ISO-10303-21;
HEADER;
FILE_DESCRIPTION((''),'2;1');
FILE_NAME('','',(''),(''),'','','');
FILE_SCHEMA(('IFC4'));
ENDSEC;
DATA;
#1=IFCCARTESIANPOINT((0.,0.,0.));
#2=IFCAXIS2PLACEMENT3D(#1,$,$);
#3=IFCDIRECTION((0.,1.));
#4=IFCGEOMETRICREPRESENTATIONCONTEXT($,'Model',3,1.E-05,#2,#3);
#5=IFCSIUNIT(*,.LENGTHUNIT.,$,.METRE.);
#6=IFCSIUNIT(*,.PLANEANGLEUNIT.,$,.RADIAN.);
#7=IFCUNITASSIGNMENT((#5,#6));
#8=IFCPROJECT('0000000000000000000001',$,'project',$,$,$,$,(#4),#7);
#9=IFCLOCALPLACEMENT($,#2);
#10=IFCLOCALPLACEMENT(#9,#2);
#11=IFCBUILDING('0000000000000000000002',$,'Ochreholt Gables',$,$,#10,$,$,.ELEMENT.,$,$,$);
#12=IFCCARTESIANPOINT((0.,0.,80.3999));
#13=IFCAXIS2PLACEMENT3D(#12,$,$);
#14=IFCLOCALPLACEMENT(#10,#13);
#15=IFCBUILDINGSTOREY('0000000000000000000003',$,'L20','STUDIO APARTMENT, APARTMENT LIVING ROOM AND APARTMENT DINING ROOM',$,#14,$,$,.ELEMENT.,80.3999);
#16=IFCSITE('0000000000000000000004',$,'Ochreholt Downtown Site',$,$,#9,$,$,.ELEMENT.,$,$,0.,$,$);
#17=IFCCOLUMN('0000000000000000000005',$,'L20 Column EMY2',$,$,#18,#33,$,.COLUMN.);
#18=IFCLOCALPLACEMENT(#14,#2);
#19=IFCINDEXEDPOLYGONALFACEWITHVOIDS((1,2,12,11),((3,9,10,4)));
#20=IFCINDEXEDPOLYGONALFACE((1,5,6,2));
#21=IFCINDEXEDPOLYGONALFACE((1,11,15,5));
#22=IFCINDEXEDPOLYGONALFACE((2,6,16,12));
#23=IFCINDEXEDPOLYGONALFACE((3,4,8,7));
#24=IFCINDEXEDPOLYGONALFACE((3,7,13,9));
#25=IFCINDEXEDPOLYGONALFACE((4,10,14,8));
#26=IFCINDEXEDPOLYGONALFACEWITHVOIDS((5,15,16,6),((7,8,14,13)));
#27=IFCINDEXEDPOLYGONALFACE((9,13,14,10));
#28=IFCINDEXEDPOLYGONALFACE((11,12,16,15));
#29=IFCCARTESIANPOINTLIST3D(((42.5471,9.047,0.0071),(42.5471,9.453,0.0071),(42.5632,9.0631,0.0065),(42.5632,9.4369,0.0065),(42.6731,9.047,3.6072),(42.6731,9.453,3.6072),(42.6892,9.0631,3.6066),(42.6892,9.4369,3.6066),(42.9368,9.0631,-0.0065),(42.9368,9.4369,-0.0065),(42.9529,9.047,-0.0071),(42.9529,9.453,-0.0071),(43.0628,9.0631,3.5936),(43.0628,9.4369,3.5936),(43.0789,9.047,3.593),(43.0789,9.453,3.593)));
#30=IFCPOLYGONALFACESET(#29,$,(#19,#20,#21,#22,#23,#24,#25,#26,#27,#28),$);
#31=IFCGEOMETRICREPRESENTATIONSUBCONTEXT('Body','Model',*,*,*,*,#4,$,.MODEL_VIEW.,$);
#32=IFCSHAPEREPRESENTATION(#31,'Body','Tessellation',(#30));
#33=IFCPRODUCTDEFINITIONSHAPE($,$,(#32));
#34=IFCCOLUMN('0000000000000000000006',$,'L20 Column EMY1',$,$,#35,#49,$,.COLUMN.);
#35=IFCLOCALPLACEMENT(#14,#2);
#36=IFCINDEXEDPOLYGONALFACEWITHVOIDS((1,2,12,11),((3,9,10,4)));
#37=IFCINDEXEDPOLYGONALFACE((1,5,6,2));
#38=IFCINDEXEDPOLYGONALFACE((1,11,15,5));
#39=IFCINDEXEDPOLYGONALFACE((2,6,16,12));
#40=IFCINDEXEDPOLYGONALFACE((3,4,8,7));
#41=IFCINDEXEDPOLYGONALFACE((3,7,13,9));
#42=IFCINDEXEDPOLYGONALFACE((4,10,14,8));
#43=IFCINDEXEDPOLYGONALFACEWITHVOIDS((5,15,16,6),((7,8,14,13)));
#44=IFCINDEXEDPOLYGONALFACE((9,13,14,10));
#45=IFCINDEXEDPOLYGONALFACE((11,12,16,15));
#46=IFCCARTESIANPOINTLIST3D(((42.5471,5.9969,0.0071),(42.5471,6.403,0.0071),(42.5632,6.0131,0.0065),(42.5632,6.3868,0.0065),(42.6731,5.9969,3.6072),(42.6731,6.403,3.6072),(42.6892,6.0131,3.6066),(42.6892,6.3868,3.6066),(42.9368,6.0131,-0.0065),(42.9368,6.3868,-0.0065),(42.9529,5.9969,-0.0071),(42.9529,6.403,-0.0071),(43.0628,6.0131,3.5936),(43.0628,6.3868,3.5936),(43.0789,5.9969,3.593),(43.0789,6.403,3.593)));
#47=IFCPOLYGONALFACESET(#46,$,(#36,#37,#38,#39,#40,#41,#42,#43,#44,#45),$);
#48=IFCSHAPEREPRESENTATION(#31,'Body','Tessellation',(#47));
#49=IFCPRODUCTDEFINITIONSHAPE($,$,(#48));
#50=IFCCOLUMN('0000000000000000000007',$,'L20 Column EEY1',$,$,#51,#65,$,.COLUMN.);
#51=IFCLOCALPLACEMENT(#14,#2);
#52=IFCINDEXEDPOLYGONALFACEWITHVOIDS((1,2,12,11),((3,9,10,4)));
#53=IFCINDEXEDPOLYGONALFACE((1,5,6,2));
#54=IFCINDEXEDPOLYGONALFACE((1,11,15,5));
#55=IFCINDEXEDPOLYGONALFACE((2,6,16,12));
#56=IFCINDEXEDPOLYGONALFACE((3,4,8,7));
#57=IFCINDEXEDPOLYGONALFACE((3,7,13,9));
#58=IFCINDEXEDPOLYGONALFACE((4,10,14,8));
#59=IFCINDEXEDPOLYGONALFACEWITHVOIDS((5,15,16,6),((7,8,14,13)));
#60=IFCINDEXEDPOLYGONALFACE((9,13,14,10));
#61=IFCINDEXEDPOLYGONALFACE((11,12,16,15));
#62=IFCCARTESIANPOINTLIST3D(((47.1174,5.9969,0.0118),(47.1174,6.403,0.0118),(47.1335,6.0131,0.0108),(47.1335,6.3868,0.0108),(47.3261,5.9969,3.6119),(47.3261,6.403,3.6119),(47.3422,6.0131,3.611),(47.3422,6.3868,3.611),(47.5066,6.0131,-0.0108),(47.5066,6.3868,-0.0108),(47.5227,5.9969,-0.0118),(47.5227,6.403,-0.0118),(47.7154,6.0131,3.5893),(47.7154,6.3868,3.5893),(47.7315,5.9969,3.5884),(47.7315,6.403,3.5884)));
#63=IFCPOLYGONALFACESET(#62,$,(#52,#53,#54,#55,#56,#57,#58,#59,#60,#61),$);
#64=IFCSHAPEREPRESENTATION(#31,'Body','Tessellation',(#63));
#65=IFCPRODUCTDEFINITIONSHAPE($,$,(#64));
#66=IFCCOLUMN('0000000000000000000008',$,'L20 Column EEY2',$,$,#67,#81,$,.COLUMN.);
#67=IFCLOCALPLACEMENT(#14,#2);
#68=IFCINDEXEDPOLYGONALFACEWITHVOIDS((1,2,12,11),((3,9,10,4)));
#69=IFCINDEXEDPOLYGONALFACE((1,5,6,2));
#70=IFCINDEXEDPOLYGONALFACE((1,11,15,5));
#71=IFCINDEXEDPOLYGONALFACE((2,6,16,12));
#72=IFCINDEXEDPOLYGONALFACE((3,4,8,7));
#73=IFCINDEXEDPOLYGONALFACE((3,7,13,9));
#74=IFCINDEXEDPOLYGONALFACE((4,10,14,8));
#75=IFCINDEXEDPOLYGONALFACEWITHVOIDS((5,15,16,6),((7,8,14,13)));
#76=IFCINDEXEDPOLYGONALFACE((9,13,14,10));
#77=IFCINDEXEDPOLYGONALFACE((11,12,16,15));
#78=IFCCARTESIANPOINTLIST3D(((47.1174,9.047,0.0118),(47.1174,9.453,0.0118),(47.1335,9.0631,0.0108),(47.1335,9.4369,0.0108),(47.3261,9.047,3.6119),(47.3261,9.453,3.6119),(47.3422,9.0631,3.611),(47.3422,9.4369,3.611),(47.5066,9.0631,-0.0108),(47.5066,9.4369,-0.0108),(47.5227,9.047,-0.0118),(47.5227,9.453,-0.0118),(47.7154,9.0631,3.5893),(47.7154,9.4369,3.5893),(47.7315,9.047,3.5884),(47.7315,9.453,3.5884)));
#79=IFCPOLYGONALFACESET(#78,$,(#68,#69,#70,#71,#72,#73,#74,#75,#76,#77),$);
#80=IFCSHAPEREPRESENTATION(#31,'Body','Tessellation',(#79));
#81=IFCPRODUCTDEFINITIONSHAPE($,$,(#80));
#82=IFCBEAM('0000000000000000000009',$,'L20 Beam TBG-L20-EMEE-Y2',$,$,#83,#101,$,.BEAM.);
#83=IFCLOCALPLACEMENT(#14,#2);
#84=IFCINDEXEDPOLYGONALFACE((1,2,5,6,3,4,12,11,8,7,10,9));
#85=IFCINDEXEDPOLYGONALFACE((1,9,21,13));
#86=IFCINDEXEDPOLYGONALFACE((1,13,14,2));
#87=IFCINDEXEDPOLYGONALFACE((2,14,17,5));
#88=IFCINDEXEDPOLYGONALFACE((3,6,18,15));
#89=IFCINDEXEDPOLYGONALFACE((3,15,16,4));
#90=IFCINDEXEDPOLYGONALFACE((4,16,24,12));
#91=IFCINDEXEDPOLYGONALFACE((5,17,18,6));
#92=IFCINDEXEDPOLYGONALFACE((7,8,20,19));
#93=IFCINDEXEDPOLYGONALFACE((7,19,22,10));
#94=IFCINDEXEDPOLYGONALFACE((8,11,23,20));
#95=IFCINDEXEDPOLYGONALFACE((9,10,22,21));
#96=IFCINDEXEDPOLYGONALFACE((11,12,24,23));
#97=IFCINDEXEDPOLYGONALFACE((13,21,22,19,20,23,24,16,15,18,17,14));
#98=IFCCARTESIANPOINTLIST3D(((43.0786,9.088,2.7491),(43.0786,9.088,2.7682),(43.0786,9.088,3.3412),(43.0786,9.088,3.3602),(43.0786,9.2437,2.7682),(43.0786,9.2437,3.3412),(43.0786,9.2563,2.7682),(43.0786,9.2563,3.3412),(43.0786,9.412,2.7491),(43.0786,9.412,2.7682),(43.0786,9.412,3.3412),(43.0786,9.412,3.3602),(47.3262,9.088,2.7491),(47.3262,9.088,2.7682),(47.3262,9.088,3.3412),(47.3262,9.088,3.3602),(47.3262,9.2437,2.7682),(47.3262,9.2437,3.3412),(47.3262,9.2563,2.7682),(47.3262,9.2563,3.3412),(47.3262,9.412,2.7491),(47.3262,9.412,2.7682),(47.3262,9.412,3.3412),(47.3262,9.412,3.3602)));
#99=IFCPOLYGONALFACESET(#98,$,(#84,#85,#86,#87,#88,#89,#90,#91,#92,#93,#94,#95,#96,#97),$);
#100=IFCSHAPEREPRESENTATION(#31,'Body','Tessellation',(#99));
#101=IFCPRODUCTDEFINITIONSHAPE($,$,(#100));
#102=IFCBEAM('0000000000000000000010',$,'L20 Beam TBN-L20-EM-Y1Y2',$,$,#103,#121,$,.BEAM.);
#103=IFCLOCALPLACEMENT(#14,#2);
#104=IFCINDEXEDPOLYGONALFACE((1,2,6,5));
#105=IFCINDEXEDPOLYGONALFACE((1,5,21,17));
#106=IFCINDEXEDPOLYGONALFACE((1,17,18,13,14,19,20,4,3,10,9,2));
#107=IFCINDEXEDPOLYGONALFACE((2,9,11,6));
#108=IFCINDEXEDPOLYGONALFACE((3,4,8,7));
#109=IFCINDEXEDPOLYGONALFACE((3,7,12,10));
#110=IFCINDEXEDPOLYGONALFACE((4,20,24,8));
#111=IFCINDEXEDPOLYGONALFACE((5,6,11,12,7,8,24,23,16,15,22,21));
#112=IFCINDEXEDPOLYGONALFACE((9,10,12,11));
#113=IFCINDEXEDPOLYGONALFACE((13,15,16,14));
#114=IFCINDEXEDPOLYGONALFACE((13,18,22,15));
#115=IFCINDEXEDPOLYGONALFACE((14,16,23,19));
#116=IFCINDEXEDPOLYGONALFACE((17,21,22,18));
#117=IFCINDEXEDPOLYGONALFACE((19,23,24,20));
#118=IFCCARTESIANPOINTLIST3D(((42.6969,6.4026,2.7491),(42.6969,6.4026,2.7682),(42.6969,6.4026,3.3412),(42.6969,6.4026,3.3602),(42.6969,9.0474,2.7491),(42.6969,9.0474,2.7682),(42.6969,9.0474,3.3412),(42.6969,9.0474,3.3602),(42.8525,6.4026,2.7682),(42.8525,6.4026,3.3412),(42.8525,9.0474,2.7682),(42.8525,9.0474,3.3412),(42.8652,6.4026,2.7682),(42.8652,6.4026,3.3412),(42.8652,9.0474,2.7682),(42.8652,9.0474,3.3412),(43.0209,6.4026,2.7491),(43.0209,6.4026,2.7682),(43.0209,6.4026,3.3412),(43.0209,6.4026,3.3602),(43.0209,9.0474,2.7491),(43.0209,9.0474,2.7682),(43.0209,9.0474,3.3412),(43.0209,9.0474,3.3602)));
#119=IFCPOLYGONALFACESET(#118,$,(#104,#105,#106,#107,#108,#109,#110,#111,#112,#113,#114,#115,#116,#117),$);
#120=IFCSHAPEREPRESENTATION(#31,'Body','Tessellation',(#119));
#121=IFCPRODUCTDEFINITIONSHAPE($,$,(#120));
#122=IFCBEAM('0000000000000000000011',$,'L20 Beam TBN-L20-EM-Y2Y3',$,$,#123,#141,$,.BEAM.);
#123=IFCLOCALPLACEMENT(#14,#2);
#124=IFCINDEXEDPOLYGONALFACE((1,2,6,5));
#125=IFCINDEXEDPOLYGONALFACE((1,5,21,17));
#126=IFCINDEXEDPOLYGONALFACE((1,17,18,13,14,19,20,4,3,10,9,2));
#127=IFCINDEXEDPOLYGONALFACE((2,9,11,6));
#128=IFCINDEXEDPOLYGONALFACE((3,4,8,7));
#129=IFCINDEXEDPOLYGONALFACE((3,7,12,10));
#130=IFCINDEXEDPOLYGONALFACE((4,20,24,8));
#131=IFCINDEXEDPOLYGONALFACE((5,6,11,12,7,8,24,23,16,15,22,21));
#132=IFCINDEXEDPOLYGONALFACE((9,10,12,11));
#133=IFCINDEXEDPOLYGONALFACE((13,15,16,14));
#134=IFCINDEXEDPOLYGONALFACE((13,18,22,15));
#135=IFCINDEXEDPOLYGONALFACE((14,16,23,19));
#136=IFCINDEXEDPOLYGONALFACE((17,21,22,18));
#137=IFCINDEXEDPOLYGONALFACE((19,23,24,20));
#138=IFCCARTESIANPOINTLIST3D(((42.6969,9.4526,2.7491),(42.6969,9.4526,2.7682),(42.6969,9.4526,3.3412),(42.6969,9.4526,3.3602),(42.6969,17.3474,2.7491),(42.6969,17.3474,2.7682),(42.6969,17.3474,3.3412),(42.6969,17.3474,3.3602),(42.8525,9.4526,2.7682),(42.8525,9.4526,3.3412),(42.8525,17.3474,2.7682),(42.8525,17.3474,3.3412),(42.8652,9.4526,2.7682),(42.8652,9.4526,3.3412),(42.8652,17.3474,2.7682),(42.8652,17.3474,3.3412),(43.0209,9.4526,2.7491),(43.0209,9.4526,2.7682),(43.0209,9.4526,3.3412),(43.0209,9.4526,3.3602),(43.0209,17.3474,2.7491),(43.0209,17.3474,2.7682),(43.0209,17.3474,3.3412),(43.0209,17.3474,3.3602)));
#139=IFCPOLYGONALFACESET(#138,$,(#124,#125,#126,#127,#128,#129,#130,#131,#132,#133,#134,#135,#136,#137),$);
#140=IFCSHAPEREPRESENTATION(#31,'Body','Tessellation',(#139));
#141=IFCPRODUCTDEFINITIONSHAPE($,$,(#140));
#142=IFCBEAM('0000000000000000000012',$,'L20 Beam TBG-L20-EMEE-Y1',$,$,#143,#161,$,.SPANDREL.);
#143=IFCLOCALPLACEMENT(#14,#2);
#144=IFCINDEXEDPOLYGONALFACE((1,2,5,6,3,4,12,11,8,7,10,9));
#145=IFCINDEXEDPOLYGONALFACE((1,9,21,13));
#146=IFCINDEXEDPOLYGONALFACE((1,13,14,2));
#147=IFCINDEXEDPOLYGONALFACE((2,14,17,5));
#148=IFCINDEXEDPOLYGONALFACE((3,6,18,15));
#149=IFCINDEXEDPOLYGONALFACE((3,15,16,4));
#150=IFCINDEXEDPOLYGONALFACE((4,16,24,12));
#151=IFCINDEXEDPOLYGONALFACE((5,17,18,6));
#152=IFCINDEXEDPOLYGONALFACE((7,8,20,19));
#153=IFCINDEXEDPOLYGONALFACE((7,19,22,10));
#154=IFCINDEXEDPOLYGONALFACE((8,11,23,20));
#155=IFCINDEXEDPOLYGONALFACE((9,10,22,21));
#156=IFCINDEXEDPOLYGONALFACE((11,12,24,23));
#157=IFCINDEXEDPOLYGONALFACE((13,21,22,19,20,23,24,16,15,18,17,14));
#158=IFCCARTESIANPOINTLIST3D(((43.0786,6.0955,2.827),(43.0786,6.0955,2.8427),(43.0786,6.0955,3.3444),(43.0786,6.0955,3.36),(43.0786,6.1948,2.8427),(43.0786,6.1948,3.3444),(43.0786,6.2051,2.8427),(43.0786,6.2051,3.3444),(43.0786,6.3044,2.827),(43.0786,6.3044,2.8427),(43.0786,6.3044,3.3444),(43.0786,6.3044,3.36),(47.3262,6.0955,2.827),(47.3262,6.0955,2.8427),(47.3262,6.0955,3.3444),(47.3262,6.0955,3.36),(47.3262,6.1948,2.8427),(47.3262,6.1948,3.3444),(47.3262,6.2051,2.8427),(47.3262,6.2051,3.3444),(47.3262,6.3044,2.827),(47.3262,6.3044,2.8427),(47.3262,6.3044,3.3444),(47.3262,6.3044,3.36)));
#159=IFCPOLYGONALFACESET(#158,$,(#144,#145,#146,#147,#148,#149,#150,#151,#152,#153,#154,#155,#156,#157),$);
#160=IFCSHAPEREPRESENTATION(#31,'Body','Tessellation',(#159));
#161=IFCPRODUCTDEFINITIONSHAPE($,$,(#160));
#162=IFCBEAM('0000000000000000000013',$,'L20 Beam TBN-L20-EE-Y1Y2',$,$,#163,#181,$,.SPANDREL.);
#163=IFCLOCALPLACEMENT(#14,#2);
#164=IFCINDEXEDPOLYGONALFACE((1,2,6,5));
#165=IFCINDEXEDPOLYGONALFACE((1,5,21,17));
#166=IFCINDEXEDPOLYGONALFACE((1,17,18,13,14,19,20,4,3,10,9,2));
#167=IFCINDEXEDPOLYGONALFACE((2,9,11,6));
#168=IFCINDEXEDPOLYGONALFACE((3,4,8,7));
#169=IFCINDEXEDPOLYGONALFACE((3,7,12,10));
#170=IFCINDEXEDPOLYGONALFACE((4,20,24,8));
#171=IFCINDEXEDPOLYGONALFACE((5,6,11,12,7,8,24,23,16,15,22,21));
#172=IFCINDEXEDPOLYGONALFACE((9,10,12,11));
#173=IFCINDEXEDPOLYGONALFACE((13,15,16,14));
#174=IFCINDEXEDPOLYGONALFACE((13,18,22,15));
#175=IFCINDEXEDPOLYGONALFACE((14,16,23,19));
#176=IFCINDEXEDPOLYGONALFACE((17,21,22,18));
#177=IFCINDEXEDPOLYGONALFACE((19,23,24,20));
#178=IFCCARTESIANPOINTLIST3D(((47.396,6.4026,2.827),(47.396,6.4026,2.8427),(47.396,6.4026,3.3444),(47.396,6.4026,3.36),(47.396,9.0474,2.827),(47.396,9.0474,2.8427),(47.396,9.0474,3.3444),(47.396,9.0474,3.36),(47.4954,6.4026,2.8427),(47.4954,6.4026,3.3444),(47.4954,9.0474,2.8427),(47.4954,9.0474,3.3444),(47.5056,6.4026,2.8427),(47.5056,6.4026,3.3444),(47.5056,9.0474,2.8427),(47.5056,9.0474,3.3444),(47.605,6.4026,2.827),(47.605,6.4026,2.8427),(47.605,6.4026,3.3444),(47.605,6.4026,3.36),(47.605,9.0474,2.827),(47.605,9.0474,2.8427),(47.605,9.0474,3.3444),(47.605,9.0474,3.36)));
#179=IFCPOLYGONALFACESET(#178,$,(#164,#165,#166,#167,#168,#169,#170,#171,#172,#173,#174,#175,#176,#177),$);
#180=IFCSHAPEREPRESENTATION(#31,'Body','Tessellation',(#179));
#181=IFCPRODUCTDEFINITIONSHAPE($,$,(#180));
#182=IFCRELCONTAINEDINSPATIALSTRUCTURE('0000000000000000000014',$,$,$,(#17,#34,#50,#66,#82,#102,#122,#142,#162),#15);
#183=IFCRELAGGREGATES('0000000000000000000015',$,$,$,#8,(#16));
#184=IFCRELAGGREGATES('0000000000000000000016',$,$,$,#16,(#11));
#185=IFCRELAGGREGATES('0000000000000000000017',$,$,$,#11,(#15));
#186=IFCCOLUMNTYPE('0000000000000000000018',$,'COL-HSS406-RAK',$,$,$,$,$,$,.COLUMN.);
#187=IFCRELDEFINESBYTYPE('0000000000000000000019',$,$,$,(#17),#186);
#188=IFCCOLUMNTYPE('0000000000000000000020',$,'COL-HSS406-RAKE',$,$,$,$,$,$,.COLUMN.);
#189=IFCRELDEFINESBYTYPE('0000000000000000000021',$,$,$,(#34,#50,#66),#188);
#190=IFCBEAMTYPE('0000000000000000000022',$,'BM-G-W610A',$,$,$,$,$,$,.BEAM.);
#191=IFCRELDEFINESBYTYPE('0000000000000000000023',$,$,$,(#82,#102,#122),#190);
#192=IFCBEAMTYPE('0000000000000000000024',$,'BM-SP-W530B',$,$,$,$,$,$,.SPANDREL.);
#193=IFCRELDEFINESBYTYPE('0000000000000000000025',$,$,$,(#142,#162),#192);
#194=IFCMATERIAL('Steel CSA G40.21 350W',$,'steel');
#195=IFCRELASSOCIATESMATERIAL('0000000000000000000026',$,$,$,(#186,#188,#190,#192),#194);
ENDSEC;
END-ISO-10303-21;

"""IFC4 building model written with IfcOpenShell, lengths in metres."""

from ifc_helpers import new_model, si_unit, direction, frame, origin, origin_2d, place, context, subcontext, project, spatial, hollow_rectangle, i_section, extrude, material, material_profile, profile_set, type_object, element, save


model = new_model("IFC4")

# Units and contexts
model_context = context("Model", 3, precision=1e-05, world=origin(), true_north=direction((0.0, 1.0)))
body_context = subcontext(model_context, "Body", "Model", "MODEL_VIEW")
ifc_project = project(units=[si_unit("LENGTHUNIT", "METRE"), si_unit("PLANEANGLEUNIT", "RADIAN")], contexts=[model_context])

# Site, building, storey
site_placement = place(None, origin())
site = spatial("IfcSite", under=ifc_project, at=site_placement, Name="Ochreholt Downtown Site", CompositionType="ELEMENT", RefElevation=0.0)
building_placement = place(site_placement, origin())
building = spatial("IfcBuilding", under=site, at=building_placement, Name="Ochreholt Gables", CompositionType="ELEMENT")
storey_placement = place(building_placement, frame((0.0, 0.0, 80.3999)))
storey = spatial("IfcBuildingStorey", under=building, at=storey_placement, Name="L20", Description="STUDIO APARTMENT, APARTMENT LIVING ROOM AND APARTMENT DINING ROOM", CompositionType="ELEMENT", Elevation=80.3999)

# Columns
ifc_material_1 = material(Name="Steel CSA G40.21 350W", Category="steel")
ifc_material_profile_1 = material_profile(ifc_material_1, hollow_rectangle(XDim=0.406, YDim=0.406, WallThickness=0.0161, at=origin_2d()), Name="HSS406X406X16")
ifc_profile_set_1 = profile_set([ifc_material_profile_1], Name="Steel CSA G40.21 350W")
column_type_1 = type_object("IfcColumnType", Name="COL-HSS406-RAK", PredefinedType="COLUMN", material=ifc_profile_set_1)
column_1_placement = place(storey_placement, frame((42.75, 9.25, 0.0), z_axis=(0.034971, 0.0, 0.999388), x_axis=(0.0, 1.0, 0.0)))
element("IfcColumn", 1, at=column_1_placement, inside=storey, type_object=column_type_1, Name="L20 Column EMY2", PredefinedType="COLUMN", context=body_context, shape_type="SweptSolid", body=[
    extrude(hollow_rectangle(XDim=0.406, YDim=0.406, WallThickness=0.0161, at=origin_2d()), origin(), (0.0, 0.0, 1.0), 3.6023),
])
ifc_material_profile_2 = material_profile(ifc_material_1, hollow_rectangle(XDim=0.406, YDim=0.406, WallThickness=0.0161, at=origin_2d()), Name="HSS406X406X16")
ifc_profile_set_2 = profile_set([ifc_material_profile_2], Name="Steel CSA G40.21 350W")
column_type_2 = type_object("IfcColumnType", Name="COL-HSS406-RAKE", PredefinedType="COLUMN", material=ifc_profile_set_2)
column_2_placement = place(storey_placement, frame((42.75, 6.2, 0.0), z_axis=(0.034971, 0.0, 0.999388), x_axis=(0.0, 1.0, 0.0)))
element("IfcColumn", 2, at=column_2_placement, inside=storey, type_object=column_type_2, Name="L20 Column EMY1", PredefinedType="COLUMN", context=body_context, shape_type="SweptSolid", body=[
    extrude(hollow_rectangle(XDim=0.406, YDim=0.406, WallThickness=0.0161, at=origin_2d()), origin(), (0.0, 0.0, 1.0), 3.6023),
])
for number, where, z_axis, x_axis, name in (
    (3, (47.3201, 6.2, 0.0), (0.057885, 0.0, 0.998323), (0.0, 1.0, 0.0), "L20 Column EEY1"),
    (4, (47.3201, 9.25, 0.0), (0.057885, 0.0, 0.998323), (0.0, 1.0, 0.0), "L20 Column EEY2"),
):
    element("IfcColumn", number, at=place(storey_placement, frame(where, z_axis=z_axis, x_axis=x_axis)), inside=storey, type_object=column_type_2, Name=name, PredefinedType="COLUMN", context=body_context, shape_type="SweptSolid", body=[
        extrude(hollow_rectangle(XDim=0.406, YDim=0.406, WallThickness=0.0161, at=origin_2d()), origin(), (0.0, 0.0, 1.0), 3.6062),
    ])

# Beams
ifc_material_profile_3 = material_profile(ifc_material_1, i_section(OverallWidth=0.324, OverallDepth=0.6111, WebThickness=0.0127, FlangeThickness=0.019, at=origin_2d()), Name="W610X155")
ifc_profile_set_3 = profile_set([ifc_material_profile_3], Name="Steel CSA G40.21 350W")
beam_type_1 = type_object("IfcBeamType", Name="BM-G-W610A", PredefinedType="BEAM", material=ifc_profile_set_3)
beam_1_placement = place(storey_placement, frame((43.0786, 9.25, 3.0547), z_axis=(1.0, 0.0, 0.0), x_axis=(0.0, 1.0, 0.0)))
element("IfcBeam", 5, at=beam_1_placement, inside=storey, type_object=beam_type_1, Name="L20 Beam TBG-L20-EMEE-Y2", PredefinedType="BEAM", context=body_context, shape_type="SweptSolid", body=[
    extrude(i_section(OverallWidth=0.324, OverallDepth=0.6111, WebThickness=0.0127, FlangeThickness=0.019, at=origin_2d()), origin(), (0.0, 0.0, 1.0), 4.2476),
])
beam_2_placement = place(storey_placement, frame((42.8589, 6.4026, 3.0547), z_axis=(0.0, 1.0, 0.0), x_axis=(-1.0, 0.0, 0.0)))
element("IfcBeam", 6, at=beam_2_placement, inside=storey, type_object=beam_type_1, Name="L20 Beam TBN-L20-EM-Y1Y2", PredefinedType="BEAM", context=body_context, shape_type="SweptSolid", body=[
    extrude(i_section(OverallWidth=0.324, OverallDepth=0.6111, WebThickness=0.0127, FlangeThickness=0.019, at=origin_2d()), origin(), (0.0, 0.0, 1.0), 2.6448),
])
beam_3_placement = place(storey_placement, frame((42.8589, 9.4526, 3.0547), z_axis=(0.0, 1.0, 0.0), x_axis=(-1.0, 0.0, 0.0)))
element("IfcBeam", 7, at=beam_3_placement, inside=storey, type_object=beam_type_1, Name="L20 Beam TBN-L20-EM-Y2Y3", PredefinedType="BEAM", context=body_context, shape_type="SweptSolid", body=[
    extrude(i_section(OverallWidth=0.324, OverallDepth=0.6111, WebThickness=0.0127, FlangeThickness=0.019, at=origin_2d()), origin(), (0.0, 0.0, 1.0), 7.8948),
])
ifc_material_profile_4 = material_profile(ifc_material_1, i_section(OverallWidth=0.209, OverallDepth=0.533, WebThickness=0.0103, FlangeThickness=0.0156, at=origin_2d()), Name="W530X92")
ifc_profile_set_4 = profile_set([ifc_material_profile_4], Name="Steel CSA G40.21 350W")
beam_type_2 = type_object("IfcBeamType", Name="BM-SP-W530B", PredefinedType="SPANDREL", material=ifc_profile_set_4)
beam_4_placement = place(storey_placement, frame((43.0786, 6.2, 3.0935), z_axis=(1.0, 0.0, 0.0), x_axis=(0.0, 1.0, 0.0)))
element("IfcBeam", 8, at=beam_4_placement, inside=storey, type_object=beam_type_2, Name="L20 Beam TBG-L20-EMEE-Y1", PredefinedType="SPANDREL", context=body_context, shape_type="SweptSolid", body=[
    extrude(i_section(OverallWidth=0.209, OverallDepth=0.533, WebThickness=0.0103, FlangeThickness=0.0156, at=origin_2d()), origin(), (0.0, 0.0, 1.0), 4.2476),
])
beam_5_placement = place(storey_placement, frame((47.5005, 6.4026, 3.0935), z_axis=(0.0, 1.0, 0.0), x_axis=(-1.0, 0.0, 0.0)))
element("IfcBeam", 9, at=beam_5_placement, inside=storey, type_object=beam_type_2, Name="L20 Beam TBN-L20-EE-Y1Y2", PredefinedType="SPANDREL", context=body_context, shape_type="SweptSolid", body=[
    extrude(i_section(OverallWidth=0.209, OverallDepth=0.533, WebThickness=0.0103, FlangeThickness=0.0156, at=origin_2d()), origin(), (0.0, 0.0, 1.0), 2.6448),
])

save(model, "model.ifc")
